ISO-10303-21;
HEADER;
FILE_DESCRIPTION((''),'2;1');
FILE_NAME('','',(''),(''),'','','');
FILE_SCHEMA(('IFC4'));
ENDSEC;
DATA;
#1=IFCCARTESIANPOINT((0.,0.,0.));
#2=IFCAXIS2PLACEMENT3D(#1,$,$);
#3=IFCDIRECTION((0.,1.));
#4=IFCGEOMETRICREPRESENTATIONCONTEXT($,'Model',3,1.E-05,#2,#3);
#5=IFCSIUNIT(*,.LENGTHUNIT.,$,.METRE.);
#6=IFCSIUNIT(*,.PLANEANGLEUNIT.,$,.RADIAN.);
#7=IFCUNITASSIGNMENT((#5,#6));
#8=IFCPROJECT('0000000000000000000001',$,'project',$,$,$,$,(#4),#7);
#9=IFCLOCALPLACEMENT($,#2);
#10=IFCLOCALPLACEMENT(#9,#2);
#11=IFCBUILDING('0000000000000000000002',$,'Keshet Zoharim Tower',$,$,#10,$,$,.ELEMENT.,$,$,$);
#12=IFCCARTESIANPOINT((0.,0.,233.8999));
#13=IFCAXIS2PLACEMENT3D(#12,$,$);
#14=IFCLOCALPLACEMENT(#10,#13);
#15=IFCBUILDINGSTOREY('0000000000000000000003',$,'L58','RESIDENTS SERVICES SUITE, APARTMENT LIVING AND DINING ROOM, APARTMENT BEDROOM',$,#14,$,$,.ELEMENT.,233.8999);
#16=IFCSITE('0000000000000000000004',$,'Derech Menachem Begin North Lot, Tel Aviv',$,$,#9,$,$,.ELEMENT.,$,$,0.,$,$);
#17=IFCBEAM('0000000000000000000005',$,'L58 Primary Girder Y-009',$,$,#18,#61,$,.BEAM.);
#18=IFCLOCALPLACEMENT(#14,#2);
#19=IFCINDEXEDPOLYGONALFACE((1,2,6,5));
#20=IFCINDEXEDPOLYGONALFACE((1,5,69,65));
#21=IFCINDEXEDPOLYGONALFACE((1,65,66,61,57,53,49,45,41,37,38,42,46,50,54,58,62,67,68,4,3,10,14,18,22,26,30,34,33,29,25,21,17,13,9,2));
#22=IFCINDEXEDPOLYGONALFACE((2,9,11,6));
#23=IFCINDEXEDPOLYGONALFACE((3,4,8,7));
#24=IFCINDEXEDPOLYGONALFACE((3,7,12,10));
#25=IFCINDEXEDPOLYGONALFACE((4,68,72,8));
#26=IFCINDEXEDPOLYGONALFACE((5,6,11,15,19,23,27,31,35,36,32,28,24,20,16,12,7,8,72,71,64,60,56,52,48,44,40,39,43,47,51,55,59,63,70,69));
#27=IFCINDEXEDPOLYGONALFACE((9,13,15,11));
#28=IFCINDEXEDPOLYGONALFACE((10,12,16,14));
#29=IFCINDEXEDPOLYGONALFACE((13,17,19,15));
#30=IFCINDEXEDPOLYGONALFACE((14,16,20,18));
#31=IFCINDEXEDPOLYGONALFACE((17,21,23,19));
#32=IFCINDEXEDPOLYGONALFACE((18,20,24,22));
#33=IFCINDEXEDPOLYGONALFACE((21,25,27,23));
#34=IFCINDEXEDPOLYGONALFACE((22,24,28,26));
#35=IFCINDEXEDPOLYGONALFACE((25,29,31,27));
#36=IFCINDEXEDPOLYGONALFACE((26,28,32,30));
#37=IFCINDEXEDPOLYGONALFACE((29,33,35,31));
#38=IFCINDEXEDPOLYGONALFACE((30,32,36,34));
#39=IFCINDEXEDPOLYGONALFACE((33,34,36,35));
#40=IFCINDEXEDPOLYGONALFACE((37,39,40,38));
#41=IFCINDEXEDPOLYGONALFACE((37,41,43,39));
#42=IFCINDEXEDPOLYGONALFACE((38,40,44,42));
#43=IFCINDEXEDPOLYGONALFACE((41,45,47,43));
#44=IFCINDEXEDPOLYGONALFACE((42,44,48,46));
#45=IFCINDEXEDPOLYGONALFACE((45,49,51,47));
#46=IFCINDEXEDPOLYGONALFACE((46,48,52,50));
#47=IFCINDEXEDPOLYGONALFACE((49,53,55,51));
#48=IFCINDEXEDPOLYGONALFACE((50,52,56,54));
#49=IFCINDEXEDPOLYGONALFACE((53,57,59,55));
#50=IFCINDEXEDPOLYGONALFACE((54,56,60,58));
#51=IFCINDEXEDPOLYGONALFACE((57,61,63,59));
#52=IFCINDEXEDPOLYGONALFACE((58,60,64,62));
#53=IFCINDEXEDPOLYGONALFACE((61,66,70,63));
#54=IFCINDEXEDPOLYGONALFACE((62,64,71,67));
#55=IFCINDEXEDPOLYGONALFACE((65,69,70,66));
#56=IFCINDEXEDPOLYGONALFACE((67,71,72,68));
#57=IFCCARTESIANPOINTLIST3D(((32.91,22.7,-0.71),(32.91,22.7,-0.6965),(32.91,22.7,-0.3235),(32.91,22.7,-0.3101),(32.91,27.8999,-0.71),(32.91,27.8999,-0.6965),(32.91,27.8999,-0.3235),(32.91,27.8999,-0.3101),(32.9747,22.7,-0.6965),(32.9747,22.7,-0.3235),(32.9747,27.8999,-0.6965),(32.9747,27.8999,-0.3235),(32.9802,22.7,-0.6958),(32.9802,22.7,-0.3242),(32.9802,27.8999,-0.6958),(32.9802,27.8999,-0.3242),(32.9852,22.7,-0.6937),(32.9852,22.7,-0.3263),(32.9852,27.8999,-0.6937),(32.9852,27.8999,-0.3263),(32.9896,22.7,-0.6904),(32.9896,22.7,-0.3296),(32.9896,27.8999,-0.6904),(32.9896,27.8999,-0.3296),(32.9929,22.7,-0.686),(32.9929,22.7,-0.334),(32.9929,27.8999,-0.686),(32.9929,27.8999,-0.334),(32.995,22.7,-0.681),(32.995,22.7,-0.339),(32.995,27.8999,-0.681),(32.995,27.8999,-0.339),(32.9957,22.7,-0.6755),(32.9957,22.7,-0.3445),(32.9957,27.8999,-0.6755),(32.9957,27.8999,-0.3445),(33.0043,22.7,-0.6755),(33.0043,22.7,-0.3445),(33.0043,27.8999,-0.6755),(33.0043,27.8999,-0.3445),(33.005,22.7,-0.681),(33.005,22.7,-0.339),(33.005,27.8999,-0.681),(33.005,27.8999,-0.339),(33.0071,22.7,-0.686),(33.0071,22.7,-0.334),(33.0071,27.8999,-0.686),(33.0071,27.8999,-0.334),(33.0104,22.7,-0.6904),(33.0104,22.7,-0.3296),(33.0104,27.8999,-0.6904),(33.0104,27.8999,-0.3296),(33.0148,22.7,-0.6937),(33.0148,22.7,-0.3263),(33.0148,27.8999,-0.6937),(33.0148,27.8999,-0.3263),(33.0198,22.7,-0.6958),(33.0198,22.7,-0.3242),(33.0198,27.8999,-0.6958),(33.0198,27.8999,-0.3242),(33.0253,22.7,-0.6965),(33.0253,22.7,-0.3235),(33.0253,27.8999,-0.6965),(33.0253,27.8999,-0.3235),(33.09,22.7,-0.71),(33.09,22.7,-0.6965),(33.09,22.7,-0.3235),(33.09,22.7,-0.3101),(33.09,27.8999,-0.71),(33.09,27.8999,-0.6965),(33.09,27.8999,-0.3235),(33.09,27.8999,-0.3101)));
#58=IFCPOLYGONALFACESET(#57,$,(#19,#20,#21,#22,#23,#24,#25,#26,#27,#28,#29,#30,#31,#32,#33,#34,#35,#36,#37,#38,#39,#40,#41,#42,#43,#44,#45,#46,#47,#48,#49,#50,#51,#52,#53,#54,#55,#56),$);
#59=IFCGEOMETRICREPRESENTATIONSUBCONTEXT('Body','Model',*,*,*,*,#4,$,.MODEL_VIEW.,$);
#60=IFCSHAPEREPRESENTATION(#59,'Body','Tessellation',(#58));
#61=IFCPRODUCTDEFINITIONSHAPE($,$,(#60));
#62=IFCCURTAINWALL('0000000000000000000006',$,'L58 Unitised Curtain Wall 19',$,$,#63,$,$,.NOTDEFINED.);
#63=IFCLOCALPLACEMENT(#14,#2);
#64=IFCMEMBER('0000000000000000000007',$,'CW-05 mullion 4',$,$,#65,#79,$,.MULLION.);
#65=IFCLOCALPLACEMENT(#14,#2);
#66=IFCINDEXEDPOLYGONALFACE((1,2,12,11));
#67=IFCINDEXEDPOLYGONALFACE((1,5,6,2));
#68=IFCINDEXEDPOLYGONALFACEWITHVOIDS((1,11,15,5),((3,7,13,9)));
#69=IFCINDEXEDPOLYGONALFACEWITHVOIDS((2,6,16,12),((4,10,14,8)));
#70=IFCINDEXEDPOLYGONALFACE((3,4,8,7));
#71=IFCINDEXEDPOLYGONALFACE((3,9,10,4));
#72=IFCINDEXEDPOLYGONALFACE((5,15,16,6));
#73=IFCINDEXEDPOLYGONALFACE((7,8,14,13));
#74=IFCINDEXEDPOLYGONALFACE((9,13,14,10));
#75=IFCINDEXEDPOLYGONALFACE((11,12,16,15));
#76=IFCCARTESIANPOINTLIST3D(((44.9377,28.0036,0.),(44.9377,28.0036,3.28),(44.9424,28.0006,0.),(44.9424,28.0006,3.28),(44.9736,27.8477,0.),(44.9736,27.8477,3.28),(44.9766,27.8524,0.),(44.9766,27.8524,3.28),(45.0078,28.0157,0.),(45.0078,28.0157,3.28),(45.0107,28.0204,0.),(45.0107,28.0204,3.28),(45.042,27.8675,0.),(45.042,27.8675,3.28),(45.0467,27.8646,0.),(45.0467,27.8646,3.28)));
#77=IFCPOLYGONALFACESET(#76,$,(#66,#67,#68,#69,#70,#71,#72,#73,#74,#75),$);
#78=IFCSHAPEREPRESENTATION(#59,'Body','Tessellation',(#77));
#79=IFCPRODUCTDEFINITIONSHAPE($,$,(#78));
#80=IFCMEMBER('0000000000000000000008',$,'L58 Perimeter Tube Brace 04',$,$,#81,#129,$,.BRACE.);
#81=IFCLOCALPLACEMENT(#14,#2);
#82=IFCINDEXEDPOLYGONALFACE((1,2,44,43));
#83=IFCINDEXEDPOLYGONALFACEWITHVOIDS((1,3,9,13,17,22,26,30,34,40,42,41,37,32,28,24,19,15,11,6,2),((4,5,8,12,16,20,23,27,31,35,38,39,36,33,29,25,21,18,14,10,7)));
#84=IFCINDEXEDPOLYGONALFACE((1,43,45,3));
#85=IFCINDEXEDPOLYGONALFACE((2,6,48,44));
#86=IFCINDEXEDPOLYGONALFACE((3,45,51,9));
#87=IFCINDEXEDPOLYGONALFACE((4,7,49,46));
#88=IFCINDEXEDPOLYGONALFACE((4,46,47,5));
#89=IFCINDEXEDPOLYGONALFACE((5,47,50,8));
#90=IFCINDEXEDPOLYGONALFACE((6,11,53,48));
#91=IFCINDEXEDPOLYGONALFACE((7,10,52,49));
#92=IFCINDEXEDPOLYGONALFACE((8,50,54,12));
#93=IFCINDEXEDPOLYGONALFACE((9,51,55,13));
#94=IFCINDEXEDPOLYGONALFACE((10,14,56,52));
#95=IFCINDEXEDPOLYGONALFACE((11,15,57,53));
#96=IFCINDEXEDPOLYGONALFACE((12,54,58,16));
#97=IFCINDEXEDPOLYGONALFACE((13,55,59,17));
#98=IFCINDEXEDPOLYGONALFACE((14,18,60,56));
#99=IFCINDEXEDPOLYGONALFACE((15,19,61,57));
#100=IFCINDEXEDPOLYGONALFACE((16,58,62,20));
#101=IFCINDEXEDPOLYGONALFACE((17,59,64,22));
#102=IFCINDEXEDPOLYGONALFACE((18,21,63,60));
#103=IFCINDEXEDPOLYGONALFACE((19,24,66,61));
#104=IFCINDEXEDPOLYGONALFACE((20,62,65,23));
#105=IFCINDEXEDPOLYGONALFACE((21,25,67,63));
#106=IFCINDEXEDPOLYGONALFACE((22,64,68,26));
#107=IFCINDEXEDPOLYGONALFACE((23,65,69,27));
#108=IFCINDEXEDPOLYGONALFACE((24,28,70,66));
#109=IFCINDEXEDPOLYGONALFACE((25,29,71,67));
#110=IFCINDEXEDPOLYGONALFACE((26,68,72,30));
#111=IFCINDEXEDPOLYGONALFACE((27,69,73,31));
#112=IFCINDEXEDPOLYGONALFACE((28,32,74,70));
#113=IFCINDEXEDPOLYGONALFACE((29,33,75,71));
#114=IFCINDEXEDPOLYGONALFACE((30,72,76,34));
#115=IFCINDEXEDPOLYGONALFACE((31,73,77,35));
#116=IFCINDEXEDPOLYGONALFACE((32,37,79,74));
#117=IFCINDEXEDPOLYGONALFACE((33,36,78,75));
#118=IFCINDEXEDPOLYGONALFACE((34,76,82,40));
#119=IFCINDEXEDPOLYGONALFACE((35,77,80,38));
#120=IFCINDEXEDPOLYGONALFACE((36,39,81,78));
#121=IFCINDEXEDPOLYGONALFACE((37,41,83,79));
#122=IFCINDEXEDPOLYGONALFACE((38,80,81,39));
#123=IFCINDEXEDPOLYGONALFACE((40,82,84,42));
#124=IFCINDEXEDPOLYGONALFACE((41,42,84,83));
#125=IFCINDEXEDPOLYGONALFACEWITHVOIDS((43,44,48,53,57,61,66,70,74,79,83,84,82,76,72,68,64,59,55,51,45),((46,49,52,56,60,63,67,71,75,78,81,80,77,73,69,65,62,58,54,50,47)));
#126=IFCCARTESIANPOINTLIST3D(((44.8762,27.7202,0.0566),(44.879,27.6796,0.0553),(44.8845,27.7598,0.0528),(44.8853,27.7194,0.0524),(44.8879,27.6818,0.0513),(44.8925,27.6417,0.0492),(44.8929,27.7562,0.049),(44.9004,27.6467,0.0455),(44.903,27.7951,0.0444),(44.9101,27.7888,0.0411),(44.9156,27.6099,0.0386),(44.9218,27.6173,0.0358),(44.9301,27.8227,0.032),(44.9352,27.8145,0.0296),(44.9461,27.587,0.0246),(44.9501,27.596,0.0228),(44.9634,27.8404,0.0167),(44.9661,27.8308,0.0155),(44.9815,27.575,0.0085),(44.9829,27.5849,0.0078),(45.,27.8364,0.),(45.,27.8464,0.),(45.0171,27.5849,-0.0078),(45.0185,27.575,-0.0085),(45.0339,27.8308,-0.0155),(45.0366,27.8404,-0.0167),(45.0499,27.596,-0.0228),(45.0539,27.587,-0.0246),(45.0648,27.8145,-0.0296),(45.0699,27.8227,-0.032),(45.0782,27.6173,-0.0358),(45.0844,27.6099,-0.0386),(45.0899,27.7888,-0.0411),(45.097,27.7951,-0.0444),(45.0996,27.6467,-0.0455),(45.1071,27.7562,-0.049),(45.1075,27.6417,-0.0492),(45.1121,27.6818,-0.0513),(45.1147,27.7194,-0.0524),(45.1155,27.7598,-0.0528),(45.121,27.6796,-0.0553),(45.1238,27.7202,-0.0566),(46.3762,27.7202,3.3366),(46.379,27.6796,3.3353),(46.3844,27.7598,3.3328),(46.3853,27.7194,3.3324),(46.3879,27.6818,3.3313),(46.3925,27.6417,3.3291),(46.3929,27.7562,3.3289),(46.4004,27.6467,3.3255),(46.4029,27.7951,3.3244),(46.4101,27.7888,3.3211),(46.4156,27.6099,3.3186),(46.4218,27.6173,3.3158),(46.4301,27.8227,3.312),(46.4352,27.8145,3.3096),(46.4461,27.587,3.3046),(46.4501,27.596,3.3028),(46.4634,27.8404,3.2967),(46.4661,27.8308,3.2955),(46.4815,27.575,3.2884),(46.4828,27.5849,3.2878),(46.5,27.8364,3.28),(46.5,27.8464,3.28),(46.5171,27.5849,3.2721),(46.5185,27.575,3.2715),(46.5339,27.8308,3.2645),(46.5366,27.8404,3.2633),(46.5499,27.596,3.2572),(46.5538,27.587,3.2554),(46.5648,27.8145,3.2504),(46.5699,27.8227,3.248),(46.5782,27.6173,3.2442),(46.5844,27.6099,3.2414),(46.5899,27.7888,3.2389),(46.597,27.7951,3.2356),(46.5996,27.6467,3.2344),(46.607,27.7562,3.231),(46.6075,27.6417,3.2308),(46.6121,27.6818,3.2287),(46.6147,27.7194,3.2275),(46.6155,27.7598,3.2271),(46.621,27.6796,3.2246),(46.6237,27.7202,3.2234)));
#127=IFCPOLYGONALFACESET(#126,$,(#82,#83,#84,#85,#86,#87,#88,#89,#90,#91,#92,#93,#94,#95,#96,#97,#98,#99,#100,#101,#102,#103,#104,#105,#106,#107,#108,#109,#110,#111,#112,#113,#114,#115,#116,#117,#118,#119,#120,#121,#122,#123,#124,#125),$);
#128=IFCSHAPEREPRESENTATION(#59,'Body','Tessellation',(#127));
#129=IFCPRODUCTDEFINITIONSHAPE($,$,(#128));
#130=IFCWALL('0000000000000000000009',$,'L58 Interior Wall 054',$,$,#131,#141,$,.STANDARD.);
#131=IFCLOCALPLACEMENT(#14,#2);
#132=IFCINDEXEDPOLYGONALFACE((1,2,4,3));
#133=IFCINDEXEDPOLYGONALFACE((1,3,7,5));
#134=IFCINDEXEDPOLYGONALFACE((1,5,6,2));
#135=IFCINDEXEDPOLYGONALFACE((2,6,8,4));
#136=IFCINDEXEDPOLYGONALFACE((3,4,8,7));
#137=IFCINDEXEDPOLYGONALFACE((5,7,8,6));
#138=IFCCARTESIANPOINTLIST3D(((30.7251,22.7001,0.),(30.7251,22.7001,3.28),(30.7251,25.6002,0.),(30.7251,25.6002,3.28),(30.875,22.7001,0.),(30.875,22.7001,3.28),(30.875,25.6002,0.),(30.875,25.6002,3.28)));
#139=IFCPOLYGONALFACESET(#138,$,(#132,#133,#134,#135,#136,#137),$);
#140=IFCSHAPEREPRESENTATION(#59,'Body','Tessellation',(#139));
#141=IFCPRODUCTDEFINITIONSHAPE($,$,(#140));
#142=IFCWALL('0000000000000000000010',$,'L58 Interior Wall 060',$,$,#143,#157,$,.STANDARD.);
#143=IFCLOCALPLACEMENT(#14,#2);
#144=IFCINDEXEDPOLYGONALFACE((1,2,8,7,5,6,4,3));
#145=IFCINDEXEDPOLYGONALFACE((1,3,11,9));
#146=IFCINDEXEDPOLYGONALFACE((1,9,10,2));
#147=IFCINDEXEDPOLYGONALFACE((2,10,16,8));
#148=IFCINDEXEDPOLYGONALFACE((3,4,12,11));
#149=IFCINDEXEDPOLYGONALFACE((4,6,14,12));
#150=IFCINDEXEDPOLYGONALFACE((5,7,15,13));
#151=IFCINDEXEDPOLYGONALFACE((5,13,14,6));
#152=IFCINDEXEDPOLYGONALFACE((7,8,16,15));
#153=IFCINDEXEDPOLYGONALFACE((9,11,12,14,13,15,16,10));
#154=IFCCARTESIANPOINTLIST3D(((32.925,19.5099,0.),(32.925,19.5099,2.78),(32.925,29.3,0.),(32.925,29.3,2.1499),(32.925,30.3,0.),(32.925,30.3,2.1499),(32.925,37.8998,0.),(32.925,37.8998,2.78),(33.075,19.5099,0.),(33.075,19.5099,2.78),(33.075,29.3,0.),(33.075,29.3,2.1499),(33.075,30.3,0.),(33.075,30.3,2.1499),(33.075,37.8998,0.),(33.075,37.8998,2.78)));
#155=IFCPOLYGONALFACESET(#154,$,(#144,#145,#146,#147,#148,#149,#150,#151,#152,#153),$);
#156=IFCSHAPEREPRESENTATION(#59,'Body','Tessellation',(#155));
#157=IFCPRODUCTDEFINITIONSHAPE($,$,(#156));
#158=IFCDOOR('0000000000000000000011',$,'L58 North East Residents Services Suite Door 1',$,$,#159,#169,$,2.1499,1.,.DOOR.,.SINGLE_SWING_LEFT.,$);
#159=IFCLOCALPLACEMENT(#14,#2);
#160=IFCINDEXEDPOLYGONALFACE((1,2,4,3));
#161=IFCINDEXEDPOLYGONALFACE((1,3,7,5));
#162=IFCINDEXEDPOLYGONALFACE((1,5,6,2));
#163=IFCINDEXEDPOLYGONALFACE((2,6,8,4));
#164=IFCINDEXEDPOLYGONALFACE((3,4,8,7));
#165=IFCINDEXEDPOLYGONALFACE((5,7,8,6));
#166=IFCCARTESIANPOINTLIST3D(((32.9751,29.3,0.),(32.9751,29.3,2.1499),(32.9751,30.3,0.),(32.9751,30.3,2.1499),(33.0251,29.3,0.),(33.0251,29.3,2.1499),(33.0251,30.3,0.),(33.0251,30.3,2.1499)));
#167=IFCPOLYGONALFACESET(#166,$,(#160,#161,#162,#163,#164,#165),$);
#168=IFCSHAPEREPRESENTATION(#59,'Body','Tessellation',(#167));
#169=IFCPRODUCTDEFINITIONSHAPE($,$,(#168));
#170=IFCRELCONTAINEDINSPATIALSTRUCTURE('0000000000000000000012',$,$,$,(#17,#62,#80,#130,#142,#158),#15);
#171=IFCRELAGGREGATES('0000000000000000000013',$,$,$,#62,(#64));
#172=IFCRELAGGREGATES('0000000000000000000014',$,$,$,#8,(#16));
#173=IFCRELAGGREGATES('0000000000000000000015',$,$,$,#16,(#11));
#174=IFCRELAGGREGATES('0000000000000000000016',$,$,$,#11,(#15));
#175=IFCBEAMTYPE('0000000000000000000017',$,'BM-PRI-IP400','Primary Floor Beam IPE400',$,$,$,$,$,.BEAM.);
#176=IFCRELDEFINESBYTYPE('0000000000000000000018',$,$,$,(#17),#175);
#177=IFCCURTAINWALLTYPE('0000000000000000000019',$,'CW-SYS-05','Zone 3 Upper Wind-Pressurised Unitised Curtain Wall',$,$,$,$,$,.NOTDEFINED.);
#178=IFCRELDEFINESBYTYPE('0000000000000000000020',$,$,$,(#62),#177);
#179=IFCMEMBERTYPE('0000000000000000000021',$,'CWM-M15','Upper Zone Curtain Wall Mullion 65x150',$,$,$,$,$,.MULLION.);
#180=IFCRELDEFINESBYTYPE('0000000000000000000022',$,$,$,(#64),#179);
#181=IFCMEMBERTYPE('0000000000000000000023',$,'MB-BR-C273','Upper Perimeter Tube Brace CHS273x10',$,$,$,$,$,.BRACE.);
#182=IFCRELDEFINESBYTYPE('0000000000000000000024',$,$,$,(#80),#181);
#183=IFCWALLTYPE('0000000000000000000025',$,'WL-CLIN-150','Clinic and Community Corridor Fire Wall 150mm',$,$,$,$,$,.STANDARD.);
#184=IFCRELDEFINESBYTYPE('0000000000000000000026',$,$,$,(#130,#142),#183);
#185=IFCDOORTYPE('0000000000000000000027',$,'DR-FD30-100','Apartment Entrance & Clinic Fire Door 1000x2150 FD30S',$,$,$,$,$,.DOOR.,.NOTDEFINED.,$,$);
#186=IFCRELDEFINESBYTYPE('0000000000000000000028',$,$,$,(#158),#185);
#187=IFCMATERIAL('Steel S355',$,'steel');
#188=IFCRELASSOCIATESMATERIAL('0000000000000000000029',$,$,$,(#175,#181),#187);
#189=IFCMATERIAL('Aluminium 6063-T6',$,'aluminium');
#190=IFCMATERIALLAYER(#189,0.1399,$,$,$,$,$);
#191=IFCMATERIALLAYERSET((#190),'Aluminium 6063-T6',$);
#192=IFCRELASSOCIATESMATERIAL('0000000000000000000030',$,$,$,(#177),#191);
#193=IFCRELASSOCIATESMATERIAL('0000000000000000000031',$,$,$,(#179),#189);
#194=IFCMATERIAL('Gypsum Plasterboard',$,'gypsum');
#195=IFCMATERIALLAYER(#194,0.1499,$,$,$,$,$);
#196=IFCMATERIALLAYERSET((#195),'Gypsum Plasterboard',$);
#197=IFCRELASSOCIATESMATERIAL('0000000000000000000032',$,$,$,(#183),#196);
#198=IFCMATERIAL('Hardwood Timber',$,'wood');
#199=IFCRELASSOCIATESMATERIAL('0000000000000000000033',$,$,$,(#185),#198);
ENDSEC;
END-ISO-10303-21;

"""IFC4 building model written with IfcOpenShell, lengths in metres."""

from ifc_helpers import new_model, si_unit, direction, frame, frame_2d, origin, origin_2d, place, context, subcontext, project, spatial, rectangle, hollow_rectangle, hollow_circle, i_section, extrude, material, layer, layer_set, material_profile, profile_set, type_object, element, fill, aggregate, save


model = new_model("IFC4")

# Units and contexts
model_context = context("Model", 3, precision=1e-05, world=origin(), true_north=direction((0.0, 1.0)))
body_context = subcontext(model_context, "Body", "Model", "MODEL_VIEW")
ifc_project = project(units=[si_unit("LENGTHUNIT", "METRE"), si_unit("PLANEANGLEUNIT", "RADIAN")], contexts=[model_context])

# Site, building, storey
site_placement = place(None, origin())
site = spatial("IfcSite", under=ifc_project, at=site_placement, Name="Derech Menachem Begin North Lot, Tel Aviv", CompositionType="ELEMENT", RefElevation=0.0)
building_placement = place(site_placement, origin())
building = spatial("IfcBuilding", under=site, at=building_placement, Name="Keshet Zoharim Tower", CompositionType="ELEMENT")
storey_placement = place(building_placement, frame((0.0, 0.0, 233.8999)))
storey = spatial("IfcBuildingStorey", under=building, at=storey_placement, Name="L58", Description="RESIDENTS SERVICES SUITE, APARTMENT LIVING AND DINING ROOM, APARTMENT BEDROOM", CompositionType="ELEMENT", Elevation=233.8999)

# Shared definitions
ifc_material_1 = material(Name="Steel S355", Category="steel")

# Beam
ifc_material_profile_1 = material_profile(ifc_material_1, i_section(OverallWidth=0.1799, OverallDepth=0.3999, WebThickness=0.0085, FlangeThickness=0.0134, FilletRadius=0.021, at=origin_2d()), Name="IPE400")
ifc_profile_set_1 = profile_set([ifc_material_profile_1], Name="Steel S355")
beam_type_1 = type_object("IfcBeamType", Name="BM-PRI-IP400", Description="Primary Floor Beam IPE400", PredefinedType="BEAM", material=ifc_profile_set_1)
beam_1_placement = place(storey_placement, frame((33.0, 22.7, -0.51), z_axis=(0.0, 1.0, 0.0), x_axis=(-1.0, 0.0, 0.0)))
element("IfcBeam", 1, at=beam_1_placement, inside=storey, type_object=beam_type_1, Name="L58 Primary Girder Y-009", PredefinedType="BEAM", context=body_context, shape_type="SweptSolid", body=[
    extrude(i_section(OverallWidth=0.1799, OverallDepth=0.3999, WebThickness=0.0085, FlangeThickness=0.0134, FilletRadius=0.021, at=origin_2d()), origin(), (0.0, 0.0, 1.0), 5.2),
])

# Curtain wall, member
ifc_material_2 = material(Name="Aluminium 6063-T6", Category="aluminium")
ifc_layer_1 = layer(ifc_material_2, 0.1399)
ifc_layer_set_1 = layer_set([ifc_layer_1], Name="Aluminium 6063-T6")
curtain_wall_type = type_object("IfcCurtainWallType", Name="CW-SYS-05", Description="Zone 3 Upper Wind-Pressurised Unitised Curtain Wall", PredefinedType="NOTDEFINED", material=ifc_layer_set_1)
curtain_wall_placement = place(storey_placement, origin())
curtain_wall = element("IfcCurtainWall", 2, at=curtain_wall_placement, inside=storey, type_object=curtain_wall_type, Name="L58 Unitised Curtain Wall 19", PredefinedType="NOTDEFINED")
ifc_material_profile_2 = material_profile(ifc_material_2, hollow_rectangle(XDim=0.075, YDim=0.1599, WallThickness=0.0039, at=origin_2d()), Name="MUL-75x160")
ifc_profile_set_2 = profile_set([ifc_material_profile_2], Name="Aluminium 6063-T6")
member_type_1 = type_object("IfcMemberType", Name="CWM-M15", Description="Upper Zone Curtain Wall Mullion 65x150", PredefinedType="MULLION", material=ifc_profile_set_2)
member_1_placement = place(storey_placement, frame((44.9922, 27.9341, 0.0), z_axis=(0.0, 0.0, 1.0), x_axis=(0.974394, 0.224848, 0.0)))
member_1 = element("IfcMember", 3, at=member_1_placement, type_object=member_type_1, Name="CW-05 mullion 4", PredefinedType="MULLION", context=body_context, shape_type="SweptSolid", body=[
    extrude(hollow_rectangle(XDim=0.075, YDim=0.1599, WallThickness=0.0039, at=origin_2d()), origin(), (0.0, 0.0, 1.0), 3.28),
])
aggregate(curtain_wall, [member_1])

# Member
ifc_material_profile_3 = material_profile(ifc_material_1, hollow_circle(Radius=0.1365, WallThickness=0.01, at=origin_2d()), Name="CHS273x10")
ifc_profile_set_3 = profile_set([ifc_material_profile_3], Name="Steel S355")
member_type_2 = type_object("IfcMemberType", Name="MB-BR-C273", Description="Upper Perimeter Tube Brace CHS273x10", PredefinedType="BRACE", material=ifc_profile_set_3)
member_2_placement = place(storey_placement, frame((45.0, 27.71, 0.0), z_axis=(0.415888, 0.0, 0.909416), x_axis=(0.0, 1.0, 0.0)))
element("IfcMember", 4, at=member_2_placement, inside=storey, type_object=member_type_2, Name="L58 Perimeter Tube Brace 04", PredefinedType="BRACE", context=body_context, shape_type="SweptSolid", body=[
    extrude(hollow_circle(Radius=0.1365, WallThickness=0.01, at=origin_2d()), origin(), (0.0, 0.0, 1.0), 3.6067),
])

# Wall
ifc_material_3 = material(Name="Gypsum Plasterboard", Category="gypsum")
ifc_layer_2 = layer(ifc_material_3, 0.1499)
ifc_layer_set_2 = layer_set([ifc_layer_2], Name="Gypsum Plasterboard")
wall_type_1 = type_object("IfcWallType", Name="WL-CLIN-150", Description="Clinic and Community Corridor Fire Wall 150mm", PredefinedType="STANDARD", material=ifc_layer_set_2)
wall_1_placement = place(storey_placement, frame((30.8, 22.7, 0.0), z_axis=(0.0, 0.0, 1.0), x_axis=(0.0, 1.0, 0.0)))
element("IfcWall", 5, at=wall_1_placement, inside=storey, type_object=wall_type_1, Name="L58 Interior Wall 054", PredefinedType="STANDARD", context=body_context, shape_type="SweptSolid", body=[
    extrude(rectangle(XDim=2.9001, YDim=0.1499, at=frame_2d((1.4502, 0.0))), origin(), (0.0, 0.0, 1.0), 3.28),
])

# Wall, opening, door
wall_2_placement = place(storey_placement, frame((33.0, 19.51, 0.0), z_axis=(0.0, 0.0, 1.0), x_axis=(0.0, 1.0, 0.0)))
wall_2 = element("IfcWall", 6, at=wall_2_placement, inside=storey, type_object=wall_type_1, Name="L58 Interior Wall 060", PredefinedType="STANDARD", context=body_context, shape_type="SweptSolid", body=[
    extrude(rectangle(XDim=18.3899, YDim=0.1499, at=frame_2d((9.1948, 0.0))), origin(), (0.0, 0.0, 1.0), 2.78),
])
opening_1_placement = place(wall_2_placement, frame((9.79, 0.0, 0.0)))
opening_1 = element("IfcOpeningElement", 7, at=opening_1_placement, cuts=wall_2, PredefinedType="OPENING", context=body_context, shape_type="SweptSolid", body=[
    extrude(rectangle(XDim=1.0, YDim=2.1499, at=frame_2d((0.5, 1.075))), frame((0.0, 0.085, 0.0), z_axis=(0.0, -1.0, 0.0), x_axis=(1.0, 0.0, 0.0)), (0.0, 0.0, 1.0), 0.1699),
])
ifc_material_4 = material(Name="Hardwood Timber", Category="wood")
door_type_1 = type_object("IfcDoorType", Name="DR-FD30-100", Description="Apartment Entrance & Clinic Fire Door 1000x2150 FD30S", OperationType="NOTDEFINED", PredefinedType="DOOR", material=ifc_material_4)
door_1_placement = place(opening_1_placement, origin())
door_1 = element("IfcDoor", 8, at=door_1_placement, inside=storey, type_object=door_type_1, Name="L58 North East Residents Services Suite Door 1", OperationType="SINGLE_SWING_LEFT", OverallHeight=2.1499, OverallWidth=1.0, PredefinedType="DOOR", context=body_context, shape_type="SweptSolid", body=[
    extrude(rectangle(XDim=1.0, YDim=2.1499, at=frame_2d((0.5, 1.075))), frame((0.0, 0.0249, 0.0), z_axis=(0.0, -1.0, 0.0), x_axis=(1.0, 0.0, 0.0)), (0.0, 0.0, 1.0), 0.05),
])
fill(opening_1, door_1)

save(model, "model.ifc")
